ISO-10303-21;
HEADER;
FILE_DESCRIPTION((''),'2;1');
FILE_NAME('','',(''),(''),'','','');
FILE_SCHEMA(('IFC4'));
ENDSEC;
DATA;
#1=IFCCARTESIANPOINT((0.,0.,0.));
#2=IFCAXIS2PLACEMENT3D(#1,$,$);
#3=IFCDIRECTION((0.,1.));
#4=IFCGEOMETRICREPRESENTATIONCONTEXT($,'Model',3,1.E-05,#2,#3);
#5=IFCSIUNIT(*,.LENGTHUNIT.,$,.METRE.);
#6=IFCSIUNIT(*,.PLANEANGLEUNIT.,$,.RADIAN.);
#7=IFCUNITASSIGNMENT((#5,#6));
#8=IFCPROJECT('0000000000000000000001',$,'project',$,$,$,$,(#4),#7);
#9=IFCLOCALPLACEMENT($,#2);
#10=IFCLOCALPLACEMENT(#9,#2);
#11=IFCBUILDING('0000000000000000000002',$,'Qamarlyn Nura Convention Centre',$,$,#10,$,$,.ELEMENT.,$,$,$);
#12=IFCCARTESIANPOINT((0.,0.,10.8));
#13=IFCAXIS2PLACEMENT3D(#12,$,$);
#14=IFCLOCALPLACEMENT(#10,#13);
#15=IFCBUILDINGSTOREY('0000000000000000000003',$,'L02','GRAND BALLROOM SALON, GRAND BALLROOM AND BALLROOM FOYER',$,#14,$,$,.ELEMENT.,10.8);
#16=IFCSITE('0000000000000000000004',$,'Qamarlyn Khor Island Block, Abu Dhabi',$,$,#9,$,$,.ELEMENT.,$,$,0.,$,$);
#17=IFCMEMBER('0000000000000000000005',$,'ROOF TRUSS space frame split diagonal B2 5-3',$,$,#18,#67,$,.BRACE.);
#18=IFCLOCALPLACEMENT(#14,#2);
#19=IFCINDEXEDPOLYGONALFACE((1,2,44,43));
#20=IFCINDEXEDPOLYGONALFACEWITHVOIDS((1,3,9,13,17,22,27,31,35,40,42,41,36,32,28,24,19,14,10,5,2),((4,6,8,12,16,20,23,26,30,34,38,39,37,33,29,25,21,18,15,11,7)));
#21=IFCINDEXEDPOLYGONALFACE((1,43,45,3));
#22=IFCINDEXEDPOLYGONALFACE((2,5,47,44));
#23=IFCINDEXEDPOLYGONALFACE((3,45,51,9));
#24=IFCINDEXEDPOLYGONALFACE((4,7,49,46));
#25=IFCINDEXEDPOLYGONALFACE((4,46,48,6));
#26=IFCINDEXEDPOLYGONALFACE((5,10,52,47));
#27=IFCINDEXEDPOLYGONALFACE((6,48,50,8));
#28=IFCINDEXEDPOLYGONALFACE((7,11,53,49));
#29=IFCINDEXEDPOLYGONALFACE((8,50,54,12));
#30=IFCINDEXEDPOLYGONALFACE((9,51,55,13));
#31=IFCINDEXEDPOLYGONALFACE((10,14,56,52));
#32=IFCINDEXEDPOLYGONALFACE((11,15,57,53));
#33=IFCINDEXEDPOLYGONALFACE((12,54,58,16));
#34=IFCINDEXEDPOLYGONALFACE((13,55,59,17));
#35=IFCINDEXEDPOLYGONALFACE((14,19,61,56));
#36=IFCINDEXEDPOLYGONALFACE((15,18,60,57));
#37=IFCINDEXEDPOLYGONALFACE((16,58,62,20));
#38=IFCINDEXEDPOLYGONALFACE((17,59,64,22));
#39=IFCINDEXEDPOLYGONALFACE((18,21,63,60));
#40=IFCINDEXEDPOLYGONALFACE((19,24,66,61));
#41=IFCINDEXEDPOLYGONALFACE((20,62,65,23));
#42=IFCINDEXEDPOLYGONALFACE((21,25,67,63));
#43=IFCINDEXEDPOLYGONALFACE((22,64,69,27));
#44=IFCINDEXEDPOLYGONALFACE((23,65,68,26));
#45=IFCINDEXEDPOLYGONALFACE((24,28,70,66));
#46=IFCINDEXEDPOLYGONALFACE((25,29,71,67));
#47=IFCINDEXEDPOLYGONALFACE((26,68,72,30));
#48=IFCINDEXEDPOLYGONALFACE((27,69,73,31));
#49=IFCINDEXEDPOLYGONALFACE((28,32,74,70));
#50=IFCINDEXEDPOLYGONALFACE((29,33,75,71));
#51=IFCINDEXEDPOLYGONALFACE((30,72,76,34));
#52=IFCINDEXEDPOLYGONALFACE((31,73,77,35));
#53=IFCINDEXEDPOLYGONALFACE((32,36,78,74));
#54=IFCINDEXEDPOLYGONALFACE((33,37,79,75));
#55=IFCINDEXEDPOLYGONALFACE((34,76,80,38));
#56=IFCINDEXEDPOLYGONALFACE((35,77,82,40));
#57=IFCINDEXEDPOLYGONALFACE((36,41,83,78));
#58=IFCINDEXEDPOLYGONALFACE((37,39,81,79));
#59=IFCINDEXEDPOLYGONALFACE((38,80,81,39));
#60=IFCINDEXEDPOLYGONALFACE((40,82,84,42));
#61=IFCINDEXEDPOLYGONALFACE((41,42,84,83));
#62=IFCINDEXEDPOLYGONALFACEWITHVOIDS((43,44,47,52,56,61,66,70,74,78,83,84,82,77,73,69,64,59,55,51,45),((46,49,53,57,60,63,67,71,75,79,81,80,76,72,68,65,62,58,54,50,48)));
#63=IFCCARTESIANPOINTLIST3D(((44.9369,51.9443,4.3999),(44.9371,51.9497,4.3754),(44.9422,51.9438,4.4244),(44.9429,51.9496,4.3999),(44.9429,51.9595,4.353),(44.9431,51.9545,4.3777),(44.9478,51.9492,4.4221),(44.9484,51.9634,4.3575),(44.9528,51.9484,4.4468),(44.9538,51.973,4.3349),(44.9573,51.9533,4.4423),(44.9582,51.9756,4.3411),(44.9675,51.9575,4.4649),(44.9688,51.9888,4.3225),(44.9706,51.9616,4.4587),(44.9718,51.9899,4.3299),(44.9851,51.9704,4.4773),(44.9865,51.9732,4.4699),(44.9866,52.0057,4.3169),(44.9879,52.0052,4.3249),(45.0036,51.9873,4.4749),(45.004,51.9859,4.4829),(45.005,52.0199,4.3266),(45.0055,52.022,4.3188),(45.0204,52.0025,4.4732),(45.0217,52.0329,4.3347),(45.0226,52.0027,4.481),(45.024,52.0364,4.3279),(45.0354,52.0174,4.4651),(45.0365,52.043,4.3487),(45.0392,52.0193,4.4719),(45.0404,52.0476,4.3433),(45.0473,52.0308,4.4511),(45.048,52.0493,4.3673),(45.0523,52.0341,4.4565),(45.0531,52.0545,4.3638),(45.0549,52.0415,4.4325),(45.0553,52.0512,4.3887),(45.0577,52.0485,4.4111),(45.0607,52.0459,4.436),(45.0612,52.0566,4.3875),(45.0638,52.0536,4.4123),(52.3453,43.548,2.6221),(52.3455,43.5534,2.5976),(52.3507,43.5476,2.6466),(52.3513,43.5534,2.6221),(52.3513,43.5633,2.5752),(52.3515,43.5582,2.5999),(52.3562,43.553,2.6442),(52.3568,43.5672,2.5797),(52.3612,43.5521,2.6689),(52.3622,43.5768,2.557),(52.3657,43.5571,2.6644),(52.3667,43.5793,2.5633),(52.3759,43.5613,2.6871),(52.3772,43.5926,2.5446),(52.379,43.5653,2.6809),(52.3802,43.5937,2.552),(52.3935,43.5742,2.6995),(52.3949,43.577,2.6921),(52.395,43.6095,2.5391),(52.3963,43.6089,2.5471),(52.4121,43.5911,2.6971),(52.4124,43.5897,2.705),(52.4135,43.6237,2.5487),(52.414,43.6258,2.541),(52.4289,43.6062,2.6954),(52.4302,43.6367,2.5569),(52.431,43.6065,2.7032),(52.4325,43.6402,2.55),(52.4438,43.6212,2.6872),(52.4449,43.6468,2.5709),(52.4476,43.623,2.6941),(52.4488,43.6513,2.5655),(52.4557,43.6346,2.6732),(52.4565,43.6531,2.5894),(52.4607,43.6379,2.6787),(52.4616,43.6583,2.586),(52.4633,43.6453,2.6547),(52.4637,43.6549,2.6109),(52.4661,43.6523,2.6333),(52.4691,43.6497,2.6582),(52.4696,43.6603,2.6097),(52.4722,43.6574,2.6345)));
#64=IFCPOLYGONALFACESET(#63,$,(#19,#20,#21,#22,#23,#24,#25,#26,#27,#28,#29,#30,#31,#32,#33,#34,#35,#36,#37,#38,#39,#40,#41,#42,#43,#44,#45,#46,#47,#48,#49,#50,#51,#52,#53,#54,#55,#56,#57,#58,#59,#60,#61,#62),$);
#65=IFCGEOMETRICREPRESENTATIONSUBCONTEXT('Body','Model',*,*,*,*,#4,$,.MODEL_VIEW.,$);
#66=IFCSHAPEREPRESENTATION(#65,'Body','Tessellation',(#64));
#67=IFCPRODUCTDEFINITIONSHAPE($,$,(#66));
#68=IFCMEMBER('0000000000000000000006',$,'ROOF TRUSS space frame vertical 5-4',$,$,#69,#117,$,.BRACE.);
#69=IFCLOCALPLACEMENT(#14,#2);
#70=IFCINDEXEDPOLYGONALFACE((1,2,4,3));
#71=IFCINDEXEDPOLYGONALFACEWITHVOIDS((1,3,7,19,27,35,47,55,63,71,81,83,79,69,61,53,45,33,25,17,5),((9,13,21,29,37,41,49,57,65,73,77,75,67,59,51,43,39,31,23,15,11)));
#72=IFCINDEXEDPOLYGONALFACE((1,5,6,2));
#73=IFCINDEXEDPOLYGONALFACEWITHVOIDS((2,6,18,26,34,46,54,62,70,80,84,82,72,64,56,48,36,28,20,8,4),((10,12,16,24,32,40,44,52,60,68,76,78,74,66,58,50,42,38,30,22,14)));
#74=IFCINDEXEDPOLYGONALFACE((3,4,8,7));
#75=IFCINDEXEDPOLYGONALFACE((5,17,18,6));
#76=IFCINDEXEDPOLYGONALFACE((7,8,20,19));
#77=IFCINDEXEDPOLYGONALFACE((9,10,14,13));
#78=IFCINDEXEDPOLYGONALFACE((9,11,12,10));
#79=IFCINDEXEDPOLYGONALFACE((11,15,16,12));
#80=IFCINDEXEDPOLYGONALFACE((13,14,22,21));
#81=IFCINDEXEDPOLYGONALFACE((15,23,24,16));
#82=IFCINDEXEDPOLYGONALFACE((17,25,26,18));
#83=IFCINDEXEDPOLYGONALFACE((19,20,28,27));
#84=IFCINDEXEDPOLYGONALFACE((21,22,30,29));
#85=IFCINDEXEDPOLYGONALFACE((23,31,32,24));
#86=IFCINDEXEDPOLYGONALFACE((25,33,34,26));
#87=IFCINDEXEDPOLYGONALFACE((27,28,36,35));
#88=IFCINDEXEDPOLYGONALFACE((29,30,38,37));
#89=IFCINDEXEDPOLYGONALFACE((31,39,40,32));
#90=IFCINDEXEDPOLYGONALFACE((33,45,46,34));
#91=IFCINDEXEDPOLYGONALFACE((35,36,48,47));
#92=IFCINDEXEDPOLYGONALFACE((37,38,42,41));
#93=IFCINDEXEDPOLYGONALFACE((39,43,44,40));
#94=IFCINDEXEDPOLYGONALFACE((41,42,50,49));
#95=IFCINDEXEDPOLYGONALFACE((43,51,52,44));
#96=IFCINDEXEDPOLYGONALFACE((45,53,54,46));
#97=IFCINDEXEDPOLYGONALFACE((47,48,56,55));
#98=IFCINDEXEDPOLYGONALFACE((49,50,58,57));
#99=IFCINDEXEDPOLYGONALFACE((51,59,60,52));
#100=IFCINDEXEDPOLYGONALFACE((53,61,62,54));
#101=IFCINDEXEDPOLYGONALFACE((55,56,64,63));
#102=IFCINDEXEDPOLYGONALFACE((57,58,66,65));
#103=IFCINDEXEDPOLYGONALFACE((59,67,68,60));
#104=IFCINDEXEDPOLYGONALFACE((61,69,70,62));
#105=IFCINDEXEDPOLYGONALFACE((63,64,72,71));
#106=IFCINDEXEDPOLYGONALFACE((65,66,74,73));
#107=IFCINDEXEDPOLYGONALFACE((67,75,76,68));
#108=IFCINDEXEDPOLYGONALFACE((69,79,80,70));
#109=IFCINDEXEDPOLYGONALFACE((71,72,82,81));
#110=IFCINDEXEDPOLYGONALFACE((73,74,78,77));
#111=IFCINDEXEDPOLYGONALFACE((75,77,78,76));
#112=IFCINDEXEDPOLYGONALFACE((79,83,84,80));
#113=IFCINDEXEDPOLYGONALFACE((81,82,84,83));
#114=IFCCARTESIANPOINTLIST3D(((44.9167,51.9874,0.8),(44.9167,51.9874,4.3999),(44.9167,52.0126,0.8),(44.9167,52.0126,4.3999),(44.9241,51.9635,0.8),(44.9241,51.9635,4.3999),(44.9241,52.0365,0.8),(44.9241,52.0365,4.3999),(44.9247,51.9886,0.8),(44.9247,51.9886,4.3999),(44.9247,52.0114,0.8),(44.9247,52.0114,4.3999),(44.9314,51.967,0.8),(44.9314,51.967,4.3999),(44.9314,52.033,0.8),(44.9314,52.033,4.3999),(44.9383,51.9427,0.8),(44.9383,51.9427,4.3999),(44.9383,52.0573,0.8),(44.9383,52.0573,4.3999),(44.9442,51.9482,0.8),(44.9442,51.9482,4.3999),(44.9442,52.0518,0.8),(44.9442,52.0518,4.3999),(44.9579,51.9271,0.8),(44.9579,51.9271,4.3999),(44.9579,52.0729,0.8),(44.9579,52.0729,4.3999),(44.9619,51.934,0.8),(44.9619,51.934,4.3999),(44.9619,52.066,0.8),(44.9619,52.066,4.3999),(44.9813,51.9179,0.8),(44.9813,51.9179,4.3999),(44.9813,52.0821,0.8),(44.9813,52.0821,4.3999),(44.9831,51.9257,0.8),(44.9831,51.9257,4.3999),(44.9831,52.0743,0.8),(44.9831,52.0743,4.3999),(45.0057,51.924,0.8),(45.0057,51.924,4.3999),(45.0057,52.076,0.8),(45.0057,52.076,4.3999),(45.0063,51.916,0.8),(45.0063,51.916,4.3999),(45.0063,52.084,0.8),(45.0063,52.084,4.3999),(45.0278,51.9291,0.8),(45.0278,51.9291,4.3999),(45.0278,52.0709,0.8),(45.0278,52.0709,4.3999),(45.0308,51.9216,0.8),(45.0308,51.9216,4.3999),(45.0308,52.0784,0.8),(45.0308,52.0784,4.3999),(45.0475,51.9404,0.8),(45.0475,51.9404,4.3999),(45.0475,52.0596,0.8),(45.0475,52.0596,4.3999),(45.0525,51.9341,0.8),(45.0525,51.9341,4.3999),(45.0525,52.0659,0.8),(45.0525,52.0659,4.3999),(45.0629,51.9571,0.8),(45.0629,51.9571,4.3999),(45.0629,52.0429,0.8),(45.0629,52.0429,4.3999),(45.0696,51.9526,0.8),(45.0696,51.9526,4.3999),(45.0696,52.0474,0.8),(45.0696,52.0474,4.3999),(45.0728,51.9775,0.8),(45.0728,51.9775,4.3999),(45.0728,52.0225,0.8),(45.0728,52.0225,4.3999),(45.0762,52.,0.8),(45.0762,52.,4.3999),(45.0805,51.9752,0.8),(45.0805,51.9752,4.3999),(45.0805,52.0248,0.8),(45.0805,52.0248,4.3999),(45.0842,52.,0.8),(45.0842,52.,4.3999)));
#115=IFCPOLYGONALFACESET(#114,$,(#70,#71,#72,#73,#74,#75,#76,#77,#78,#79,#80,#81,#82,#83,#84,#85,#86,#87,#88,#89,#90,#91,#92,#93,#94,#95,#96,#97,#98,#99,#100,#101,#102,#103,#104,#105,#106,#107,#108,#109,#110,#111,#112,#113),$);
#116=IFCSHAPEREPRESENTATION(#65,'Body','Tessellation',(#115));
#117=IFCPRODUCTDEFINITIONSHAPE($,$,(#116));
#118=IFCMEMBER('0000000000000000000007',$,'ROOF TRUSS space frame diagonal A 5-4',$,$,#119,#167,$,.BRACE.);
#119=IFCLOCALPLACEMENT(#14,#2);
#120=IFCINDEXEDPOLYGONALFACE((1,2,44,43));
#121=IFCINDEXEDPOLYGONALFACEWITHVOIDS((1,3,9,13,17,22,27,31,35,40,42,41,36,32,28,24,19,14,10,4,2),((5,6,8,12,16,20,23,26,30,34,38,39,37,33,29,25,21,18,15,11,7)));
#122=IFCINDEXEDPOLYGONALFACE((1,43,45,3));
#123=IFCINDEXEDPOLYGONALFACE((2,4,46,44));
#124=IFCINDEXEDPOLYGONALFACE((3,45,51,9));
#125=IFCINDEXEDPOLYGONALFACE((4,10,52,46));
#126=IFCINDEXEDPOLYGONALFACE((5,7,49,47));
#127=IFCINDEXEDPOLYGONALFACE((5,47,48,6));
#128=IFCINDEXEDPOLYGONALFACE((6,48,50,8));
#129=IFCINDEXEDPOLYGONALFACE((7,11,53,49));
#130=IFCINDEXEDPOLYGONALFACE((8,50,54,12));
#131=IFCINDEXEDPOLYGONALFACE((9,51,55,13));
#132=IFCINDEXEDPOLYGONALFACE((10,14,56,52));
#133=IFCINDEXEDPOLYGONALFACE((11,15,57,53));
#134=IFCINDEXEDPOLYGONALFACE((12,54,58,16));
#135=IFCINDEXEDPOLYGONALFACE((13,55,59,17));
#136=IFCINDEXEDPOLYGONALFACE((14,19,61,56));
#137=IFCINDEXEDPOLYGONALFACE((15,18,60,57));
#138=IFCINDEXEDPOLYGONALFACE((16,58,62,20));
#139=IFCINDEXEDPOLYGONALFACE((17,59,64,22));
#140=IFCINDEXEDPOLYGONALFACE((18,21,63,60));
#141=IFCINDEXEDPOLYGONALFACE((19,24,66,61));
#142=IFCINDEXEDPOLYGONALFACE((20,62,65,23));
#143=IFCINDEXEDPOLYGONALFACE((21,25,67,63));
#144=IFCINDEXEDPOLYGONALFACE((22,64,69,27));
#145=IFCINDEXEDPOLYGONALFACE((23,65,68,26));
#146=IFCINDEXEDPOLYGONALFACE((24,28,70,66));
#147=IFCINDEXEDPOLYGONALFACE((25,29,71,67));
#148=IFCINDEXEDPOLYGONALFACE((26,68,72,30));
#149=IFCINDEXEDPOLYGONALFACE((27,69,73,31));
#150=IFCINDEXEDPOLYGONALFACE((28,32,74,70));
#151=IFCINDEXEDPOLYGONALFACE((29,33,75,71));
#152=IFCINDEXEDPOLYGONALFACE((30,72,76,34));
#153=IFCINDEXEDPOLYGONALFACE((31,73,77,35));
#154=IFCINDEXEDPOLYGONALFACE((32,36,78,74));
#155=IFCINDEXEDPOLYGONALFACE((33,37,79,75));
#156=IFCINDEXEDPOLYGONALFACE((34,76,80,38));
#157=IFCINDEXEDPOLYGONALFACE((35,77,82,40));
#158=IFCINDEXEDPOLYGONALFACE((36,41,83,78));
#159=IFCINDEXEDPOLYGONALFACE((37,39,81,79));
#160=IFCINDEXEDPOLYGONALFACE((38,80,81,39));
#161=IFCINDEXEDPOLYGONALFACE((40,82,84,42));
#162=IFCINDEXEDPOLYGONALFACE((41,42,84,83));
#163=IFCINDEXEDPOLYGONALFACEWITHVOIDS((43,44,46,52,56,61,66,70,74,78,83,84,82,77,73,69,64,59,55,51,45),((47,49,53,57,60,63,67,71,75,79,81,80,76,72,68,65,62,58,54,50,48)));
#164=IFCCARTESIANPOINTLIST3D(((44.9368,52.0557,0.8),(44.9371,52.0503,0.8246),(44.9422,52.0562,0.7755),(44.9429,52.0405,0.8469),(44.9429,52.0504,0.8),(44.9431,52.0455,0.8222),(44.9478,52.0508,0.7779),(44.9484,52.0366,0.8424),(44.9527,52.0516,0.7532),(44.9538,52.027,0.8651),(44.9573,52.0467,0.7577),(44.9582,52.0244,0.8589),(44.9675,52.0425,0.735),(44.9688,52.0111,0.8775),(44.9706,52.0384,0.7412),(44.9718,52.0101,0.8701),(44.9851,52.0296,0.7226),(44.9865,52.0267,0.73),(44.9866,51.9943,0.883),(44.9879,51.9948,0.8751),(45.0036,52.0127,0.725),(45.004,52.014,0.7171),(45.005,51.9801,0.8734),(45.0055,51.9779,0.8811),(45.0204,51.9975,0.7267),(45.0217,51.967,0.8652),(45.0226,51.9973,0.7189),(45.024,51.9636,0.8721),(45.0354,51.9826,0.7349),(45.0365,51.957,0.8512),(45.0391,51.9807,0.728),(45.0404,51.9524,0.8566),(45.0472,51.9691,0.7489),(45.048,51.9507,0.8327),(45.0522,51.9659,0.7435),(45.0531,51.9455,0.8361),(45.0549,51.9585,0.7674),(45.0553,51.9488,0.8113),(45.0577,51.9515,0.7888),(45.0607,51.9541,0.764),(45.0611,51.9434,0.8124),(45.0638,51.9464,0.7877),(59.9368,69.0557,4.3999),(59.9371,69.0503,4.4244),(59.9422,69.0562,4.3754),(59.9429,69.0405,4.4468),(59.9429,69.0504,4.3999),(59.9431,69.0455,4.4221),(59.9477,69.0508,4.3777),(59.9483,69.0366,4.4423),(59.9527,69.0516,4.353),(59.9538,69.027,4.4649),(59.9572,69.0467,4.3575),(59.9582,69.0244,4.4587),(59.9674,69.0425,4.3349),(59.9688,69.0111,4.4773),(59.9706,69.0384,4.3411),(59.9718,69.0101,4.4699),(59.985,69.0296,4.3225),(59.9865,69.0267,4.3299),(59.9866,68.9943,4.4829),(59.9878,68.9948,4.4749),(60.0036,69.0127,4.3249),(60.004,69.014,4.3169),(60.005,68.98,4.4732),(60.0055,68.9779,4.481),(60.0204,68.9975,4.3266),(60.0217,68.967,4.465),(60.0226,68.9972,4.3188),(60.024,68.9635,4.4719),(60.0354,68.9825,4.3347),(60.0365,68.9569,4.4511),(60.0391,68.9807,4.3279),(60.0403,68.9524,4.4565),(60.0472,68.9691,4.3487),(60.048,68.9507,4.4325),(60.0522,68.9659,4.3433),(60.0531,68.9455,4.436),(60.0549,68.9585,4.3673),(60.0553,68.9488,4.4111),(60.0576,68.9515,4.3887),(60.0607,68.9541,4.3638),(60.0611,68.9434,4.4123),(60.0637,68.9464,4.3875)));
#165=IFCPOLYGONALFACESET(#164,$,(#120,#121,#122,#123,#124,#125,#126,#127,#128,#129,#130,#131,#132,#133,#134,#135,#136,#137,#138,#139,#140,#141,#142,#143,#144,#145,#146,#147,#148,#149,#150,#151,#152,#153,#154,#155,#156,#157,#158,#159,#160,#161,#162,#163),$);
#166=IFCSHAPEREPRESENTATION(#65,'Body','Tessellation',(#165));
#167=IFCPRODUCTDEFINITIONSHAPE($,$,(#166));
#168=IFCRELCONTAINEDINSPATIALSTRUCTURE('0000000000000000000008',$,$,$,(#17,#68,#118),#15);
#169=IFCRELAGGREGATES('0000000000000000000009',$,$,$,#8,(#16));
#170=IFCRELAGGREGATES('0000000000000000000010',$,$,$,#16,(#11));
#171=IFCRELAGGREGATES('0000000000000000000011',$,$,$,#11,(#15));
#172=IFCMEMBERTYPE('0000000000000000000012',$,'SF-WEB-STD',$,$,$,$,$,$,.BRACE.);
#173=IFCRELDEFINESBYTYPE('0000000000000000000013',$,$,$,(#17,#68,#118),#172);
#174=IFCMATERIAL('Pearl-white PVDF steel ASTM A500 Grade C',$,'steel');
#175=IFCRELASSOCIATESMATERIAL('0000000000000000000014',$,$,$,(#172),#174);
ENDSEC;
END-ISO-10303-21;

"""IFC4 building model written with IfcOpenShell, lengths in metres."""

from ifc_helpers import new_model, si_unit, direction, frame, origin, origin_2d, place, context, subcontext, project, spatial, hollow_circle, extrude, material, material_profile, profile_set, type_object, element, save


model = new_model("IFC4")

# Units and contexts
model_context = context("Model", 3, precision=1e-05, world=origin(), true_north=direction((0.0, 1.0)))
body_context = subcontext(model_context, "Body", "Model", "MODEL_VIEW")
ifc_project = project(units=[si_unit("LENGTHUNIT", "METRE"), si_unit("PLANEANGLEUNIT", "RADIAN")], contexts=[model_context])

# Site, building, storey
site_placement = place(None, origin())
site = spatial("IfcSite", under=ifc_project, at=site_placement, Name="Qamarlyn Khor Island Block, Abu Dhabi", CompositionType="ELEMENT", RefElevation=0.0)
building_placement = place(site_placement, origin())
building = spatial("IfcBuilding", under=site, at=building_placement, Name="Qamarlyn Nura Convention Centre", CompositionType="ELEMENT")
storey_placement = place(building_placement, frame((0.0, 0.0, 10.8)))
storey = spatial("IfcBuildingStorey", under=building, at=storey_placement, Name="L02", Description="GRAND BALLROOM SALON, GRAND BALLROOM AND BALLROOM FOYER", CompositionType="ELEMENT", Elevation=10.8)

# Members
ifc_material_1 = material(Name="Pearl-white PVDF steel ASTM A500 Grade C", Category="steel")
ifc_material_profile_1 = material_profile(ifc_material_1, hollow_circle(Radius=0.0842, WallThickness=0.0081, at=origin_2d()), Name="CHS168.3X8")
ifc_profile_set_1 = profile_set([ifc_material_profile_1], Name="Pearl-white PVDF steel ASTM A500 Grade C")
member_type_1 = type_object("IfcMemberType", Name="SF-WEB-STD", PredefinedType="BRACE", material=ifc_profile_set_1)
for number, where, z_axis, x_axis, name in (
    (1, (52.4084, 43.6038, 2.6221), (-0.653437, 0.740562, 0.156808), (-0.749838, -0.661622, 0.0), "ROOF TRUSS space frame split diagonal B2 5-3"),
):
    element("IfcMember", number, at=place(storey_placement, frame(where, z_axis=z_axis, x_axis=x_axis)), inside=storey, type_object=member_type_1, Name=name, PredefinedType="BRACE", context=body_context, shape_type="SweptSolid", body=[
        extrude(hollow_circle(Radius=0.0842, WallThickness=0.0081, at=origin_2d()), origin(), (0.0, 0.0, 1.0), 11.3376),
    ])
member_1_placement = place(storey_placement, frame((45.0, 52.0, 0.8), z_axis=(0.0, 0.0, 1.0), x_axis=(1.0, 0.0, 0.0)))
element("IfcMember", 2, at=member_1_placement, inside=storey, type_object=member_type_1, Name="ROOF TRUSS space frame vertical 5-4", PredefinedType="BRACE", context=body_context, shape_type="SweptSolid", body=[
    extrude(hollow_circle(Radius=0.0842, WallThickness=0.0081, at=origin_2d()), origin(), (0.0, 0.0, 1.0), 3.5999),
])
member_2_placement = place(storey_placement, frame((45.0, 52.0, 0.8), z_axis=(0.653436, 0.74056, 0.156818), x_axis=(-0.749838, 0.661622, 0.0)))
element("IfcMember", 3, at=member_2_placement, inside=storey, type_object=member_type_1, Name="ROOF TRUSS space frame diagonal A 5-4", PredefinedType="BRACE", context=body_context, shape_type="SweptSolid", body=[
    extrude(hollow_circle(Radius=0.0842, WallThickness=0.0081, at=origin_2d()), origin(), (0.0, 0.0, 1.0), 22.9556),
])

save(model, "model.ifc")
